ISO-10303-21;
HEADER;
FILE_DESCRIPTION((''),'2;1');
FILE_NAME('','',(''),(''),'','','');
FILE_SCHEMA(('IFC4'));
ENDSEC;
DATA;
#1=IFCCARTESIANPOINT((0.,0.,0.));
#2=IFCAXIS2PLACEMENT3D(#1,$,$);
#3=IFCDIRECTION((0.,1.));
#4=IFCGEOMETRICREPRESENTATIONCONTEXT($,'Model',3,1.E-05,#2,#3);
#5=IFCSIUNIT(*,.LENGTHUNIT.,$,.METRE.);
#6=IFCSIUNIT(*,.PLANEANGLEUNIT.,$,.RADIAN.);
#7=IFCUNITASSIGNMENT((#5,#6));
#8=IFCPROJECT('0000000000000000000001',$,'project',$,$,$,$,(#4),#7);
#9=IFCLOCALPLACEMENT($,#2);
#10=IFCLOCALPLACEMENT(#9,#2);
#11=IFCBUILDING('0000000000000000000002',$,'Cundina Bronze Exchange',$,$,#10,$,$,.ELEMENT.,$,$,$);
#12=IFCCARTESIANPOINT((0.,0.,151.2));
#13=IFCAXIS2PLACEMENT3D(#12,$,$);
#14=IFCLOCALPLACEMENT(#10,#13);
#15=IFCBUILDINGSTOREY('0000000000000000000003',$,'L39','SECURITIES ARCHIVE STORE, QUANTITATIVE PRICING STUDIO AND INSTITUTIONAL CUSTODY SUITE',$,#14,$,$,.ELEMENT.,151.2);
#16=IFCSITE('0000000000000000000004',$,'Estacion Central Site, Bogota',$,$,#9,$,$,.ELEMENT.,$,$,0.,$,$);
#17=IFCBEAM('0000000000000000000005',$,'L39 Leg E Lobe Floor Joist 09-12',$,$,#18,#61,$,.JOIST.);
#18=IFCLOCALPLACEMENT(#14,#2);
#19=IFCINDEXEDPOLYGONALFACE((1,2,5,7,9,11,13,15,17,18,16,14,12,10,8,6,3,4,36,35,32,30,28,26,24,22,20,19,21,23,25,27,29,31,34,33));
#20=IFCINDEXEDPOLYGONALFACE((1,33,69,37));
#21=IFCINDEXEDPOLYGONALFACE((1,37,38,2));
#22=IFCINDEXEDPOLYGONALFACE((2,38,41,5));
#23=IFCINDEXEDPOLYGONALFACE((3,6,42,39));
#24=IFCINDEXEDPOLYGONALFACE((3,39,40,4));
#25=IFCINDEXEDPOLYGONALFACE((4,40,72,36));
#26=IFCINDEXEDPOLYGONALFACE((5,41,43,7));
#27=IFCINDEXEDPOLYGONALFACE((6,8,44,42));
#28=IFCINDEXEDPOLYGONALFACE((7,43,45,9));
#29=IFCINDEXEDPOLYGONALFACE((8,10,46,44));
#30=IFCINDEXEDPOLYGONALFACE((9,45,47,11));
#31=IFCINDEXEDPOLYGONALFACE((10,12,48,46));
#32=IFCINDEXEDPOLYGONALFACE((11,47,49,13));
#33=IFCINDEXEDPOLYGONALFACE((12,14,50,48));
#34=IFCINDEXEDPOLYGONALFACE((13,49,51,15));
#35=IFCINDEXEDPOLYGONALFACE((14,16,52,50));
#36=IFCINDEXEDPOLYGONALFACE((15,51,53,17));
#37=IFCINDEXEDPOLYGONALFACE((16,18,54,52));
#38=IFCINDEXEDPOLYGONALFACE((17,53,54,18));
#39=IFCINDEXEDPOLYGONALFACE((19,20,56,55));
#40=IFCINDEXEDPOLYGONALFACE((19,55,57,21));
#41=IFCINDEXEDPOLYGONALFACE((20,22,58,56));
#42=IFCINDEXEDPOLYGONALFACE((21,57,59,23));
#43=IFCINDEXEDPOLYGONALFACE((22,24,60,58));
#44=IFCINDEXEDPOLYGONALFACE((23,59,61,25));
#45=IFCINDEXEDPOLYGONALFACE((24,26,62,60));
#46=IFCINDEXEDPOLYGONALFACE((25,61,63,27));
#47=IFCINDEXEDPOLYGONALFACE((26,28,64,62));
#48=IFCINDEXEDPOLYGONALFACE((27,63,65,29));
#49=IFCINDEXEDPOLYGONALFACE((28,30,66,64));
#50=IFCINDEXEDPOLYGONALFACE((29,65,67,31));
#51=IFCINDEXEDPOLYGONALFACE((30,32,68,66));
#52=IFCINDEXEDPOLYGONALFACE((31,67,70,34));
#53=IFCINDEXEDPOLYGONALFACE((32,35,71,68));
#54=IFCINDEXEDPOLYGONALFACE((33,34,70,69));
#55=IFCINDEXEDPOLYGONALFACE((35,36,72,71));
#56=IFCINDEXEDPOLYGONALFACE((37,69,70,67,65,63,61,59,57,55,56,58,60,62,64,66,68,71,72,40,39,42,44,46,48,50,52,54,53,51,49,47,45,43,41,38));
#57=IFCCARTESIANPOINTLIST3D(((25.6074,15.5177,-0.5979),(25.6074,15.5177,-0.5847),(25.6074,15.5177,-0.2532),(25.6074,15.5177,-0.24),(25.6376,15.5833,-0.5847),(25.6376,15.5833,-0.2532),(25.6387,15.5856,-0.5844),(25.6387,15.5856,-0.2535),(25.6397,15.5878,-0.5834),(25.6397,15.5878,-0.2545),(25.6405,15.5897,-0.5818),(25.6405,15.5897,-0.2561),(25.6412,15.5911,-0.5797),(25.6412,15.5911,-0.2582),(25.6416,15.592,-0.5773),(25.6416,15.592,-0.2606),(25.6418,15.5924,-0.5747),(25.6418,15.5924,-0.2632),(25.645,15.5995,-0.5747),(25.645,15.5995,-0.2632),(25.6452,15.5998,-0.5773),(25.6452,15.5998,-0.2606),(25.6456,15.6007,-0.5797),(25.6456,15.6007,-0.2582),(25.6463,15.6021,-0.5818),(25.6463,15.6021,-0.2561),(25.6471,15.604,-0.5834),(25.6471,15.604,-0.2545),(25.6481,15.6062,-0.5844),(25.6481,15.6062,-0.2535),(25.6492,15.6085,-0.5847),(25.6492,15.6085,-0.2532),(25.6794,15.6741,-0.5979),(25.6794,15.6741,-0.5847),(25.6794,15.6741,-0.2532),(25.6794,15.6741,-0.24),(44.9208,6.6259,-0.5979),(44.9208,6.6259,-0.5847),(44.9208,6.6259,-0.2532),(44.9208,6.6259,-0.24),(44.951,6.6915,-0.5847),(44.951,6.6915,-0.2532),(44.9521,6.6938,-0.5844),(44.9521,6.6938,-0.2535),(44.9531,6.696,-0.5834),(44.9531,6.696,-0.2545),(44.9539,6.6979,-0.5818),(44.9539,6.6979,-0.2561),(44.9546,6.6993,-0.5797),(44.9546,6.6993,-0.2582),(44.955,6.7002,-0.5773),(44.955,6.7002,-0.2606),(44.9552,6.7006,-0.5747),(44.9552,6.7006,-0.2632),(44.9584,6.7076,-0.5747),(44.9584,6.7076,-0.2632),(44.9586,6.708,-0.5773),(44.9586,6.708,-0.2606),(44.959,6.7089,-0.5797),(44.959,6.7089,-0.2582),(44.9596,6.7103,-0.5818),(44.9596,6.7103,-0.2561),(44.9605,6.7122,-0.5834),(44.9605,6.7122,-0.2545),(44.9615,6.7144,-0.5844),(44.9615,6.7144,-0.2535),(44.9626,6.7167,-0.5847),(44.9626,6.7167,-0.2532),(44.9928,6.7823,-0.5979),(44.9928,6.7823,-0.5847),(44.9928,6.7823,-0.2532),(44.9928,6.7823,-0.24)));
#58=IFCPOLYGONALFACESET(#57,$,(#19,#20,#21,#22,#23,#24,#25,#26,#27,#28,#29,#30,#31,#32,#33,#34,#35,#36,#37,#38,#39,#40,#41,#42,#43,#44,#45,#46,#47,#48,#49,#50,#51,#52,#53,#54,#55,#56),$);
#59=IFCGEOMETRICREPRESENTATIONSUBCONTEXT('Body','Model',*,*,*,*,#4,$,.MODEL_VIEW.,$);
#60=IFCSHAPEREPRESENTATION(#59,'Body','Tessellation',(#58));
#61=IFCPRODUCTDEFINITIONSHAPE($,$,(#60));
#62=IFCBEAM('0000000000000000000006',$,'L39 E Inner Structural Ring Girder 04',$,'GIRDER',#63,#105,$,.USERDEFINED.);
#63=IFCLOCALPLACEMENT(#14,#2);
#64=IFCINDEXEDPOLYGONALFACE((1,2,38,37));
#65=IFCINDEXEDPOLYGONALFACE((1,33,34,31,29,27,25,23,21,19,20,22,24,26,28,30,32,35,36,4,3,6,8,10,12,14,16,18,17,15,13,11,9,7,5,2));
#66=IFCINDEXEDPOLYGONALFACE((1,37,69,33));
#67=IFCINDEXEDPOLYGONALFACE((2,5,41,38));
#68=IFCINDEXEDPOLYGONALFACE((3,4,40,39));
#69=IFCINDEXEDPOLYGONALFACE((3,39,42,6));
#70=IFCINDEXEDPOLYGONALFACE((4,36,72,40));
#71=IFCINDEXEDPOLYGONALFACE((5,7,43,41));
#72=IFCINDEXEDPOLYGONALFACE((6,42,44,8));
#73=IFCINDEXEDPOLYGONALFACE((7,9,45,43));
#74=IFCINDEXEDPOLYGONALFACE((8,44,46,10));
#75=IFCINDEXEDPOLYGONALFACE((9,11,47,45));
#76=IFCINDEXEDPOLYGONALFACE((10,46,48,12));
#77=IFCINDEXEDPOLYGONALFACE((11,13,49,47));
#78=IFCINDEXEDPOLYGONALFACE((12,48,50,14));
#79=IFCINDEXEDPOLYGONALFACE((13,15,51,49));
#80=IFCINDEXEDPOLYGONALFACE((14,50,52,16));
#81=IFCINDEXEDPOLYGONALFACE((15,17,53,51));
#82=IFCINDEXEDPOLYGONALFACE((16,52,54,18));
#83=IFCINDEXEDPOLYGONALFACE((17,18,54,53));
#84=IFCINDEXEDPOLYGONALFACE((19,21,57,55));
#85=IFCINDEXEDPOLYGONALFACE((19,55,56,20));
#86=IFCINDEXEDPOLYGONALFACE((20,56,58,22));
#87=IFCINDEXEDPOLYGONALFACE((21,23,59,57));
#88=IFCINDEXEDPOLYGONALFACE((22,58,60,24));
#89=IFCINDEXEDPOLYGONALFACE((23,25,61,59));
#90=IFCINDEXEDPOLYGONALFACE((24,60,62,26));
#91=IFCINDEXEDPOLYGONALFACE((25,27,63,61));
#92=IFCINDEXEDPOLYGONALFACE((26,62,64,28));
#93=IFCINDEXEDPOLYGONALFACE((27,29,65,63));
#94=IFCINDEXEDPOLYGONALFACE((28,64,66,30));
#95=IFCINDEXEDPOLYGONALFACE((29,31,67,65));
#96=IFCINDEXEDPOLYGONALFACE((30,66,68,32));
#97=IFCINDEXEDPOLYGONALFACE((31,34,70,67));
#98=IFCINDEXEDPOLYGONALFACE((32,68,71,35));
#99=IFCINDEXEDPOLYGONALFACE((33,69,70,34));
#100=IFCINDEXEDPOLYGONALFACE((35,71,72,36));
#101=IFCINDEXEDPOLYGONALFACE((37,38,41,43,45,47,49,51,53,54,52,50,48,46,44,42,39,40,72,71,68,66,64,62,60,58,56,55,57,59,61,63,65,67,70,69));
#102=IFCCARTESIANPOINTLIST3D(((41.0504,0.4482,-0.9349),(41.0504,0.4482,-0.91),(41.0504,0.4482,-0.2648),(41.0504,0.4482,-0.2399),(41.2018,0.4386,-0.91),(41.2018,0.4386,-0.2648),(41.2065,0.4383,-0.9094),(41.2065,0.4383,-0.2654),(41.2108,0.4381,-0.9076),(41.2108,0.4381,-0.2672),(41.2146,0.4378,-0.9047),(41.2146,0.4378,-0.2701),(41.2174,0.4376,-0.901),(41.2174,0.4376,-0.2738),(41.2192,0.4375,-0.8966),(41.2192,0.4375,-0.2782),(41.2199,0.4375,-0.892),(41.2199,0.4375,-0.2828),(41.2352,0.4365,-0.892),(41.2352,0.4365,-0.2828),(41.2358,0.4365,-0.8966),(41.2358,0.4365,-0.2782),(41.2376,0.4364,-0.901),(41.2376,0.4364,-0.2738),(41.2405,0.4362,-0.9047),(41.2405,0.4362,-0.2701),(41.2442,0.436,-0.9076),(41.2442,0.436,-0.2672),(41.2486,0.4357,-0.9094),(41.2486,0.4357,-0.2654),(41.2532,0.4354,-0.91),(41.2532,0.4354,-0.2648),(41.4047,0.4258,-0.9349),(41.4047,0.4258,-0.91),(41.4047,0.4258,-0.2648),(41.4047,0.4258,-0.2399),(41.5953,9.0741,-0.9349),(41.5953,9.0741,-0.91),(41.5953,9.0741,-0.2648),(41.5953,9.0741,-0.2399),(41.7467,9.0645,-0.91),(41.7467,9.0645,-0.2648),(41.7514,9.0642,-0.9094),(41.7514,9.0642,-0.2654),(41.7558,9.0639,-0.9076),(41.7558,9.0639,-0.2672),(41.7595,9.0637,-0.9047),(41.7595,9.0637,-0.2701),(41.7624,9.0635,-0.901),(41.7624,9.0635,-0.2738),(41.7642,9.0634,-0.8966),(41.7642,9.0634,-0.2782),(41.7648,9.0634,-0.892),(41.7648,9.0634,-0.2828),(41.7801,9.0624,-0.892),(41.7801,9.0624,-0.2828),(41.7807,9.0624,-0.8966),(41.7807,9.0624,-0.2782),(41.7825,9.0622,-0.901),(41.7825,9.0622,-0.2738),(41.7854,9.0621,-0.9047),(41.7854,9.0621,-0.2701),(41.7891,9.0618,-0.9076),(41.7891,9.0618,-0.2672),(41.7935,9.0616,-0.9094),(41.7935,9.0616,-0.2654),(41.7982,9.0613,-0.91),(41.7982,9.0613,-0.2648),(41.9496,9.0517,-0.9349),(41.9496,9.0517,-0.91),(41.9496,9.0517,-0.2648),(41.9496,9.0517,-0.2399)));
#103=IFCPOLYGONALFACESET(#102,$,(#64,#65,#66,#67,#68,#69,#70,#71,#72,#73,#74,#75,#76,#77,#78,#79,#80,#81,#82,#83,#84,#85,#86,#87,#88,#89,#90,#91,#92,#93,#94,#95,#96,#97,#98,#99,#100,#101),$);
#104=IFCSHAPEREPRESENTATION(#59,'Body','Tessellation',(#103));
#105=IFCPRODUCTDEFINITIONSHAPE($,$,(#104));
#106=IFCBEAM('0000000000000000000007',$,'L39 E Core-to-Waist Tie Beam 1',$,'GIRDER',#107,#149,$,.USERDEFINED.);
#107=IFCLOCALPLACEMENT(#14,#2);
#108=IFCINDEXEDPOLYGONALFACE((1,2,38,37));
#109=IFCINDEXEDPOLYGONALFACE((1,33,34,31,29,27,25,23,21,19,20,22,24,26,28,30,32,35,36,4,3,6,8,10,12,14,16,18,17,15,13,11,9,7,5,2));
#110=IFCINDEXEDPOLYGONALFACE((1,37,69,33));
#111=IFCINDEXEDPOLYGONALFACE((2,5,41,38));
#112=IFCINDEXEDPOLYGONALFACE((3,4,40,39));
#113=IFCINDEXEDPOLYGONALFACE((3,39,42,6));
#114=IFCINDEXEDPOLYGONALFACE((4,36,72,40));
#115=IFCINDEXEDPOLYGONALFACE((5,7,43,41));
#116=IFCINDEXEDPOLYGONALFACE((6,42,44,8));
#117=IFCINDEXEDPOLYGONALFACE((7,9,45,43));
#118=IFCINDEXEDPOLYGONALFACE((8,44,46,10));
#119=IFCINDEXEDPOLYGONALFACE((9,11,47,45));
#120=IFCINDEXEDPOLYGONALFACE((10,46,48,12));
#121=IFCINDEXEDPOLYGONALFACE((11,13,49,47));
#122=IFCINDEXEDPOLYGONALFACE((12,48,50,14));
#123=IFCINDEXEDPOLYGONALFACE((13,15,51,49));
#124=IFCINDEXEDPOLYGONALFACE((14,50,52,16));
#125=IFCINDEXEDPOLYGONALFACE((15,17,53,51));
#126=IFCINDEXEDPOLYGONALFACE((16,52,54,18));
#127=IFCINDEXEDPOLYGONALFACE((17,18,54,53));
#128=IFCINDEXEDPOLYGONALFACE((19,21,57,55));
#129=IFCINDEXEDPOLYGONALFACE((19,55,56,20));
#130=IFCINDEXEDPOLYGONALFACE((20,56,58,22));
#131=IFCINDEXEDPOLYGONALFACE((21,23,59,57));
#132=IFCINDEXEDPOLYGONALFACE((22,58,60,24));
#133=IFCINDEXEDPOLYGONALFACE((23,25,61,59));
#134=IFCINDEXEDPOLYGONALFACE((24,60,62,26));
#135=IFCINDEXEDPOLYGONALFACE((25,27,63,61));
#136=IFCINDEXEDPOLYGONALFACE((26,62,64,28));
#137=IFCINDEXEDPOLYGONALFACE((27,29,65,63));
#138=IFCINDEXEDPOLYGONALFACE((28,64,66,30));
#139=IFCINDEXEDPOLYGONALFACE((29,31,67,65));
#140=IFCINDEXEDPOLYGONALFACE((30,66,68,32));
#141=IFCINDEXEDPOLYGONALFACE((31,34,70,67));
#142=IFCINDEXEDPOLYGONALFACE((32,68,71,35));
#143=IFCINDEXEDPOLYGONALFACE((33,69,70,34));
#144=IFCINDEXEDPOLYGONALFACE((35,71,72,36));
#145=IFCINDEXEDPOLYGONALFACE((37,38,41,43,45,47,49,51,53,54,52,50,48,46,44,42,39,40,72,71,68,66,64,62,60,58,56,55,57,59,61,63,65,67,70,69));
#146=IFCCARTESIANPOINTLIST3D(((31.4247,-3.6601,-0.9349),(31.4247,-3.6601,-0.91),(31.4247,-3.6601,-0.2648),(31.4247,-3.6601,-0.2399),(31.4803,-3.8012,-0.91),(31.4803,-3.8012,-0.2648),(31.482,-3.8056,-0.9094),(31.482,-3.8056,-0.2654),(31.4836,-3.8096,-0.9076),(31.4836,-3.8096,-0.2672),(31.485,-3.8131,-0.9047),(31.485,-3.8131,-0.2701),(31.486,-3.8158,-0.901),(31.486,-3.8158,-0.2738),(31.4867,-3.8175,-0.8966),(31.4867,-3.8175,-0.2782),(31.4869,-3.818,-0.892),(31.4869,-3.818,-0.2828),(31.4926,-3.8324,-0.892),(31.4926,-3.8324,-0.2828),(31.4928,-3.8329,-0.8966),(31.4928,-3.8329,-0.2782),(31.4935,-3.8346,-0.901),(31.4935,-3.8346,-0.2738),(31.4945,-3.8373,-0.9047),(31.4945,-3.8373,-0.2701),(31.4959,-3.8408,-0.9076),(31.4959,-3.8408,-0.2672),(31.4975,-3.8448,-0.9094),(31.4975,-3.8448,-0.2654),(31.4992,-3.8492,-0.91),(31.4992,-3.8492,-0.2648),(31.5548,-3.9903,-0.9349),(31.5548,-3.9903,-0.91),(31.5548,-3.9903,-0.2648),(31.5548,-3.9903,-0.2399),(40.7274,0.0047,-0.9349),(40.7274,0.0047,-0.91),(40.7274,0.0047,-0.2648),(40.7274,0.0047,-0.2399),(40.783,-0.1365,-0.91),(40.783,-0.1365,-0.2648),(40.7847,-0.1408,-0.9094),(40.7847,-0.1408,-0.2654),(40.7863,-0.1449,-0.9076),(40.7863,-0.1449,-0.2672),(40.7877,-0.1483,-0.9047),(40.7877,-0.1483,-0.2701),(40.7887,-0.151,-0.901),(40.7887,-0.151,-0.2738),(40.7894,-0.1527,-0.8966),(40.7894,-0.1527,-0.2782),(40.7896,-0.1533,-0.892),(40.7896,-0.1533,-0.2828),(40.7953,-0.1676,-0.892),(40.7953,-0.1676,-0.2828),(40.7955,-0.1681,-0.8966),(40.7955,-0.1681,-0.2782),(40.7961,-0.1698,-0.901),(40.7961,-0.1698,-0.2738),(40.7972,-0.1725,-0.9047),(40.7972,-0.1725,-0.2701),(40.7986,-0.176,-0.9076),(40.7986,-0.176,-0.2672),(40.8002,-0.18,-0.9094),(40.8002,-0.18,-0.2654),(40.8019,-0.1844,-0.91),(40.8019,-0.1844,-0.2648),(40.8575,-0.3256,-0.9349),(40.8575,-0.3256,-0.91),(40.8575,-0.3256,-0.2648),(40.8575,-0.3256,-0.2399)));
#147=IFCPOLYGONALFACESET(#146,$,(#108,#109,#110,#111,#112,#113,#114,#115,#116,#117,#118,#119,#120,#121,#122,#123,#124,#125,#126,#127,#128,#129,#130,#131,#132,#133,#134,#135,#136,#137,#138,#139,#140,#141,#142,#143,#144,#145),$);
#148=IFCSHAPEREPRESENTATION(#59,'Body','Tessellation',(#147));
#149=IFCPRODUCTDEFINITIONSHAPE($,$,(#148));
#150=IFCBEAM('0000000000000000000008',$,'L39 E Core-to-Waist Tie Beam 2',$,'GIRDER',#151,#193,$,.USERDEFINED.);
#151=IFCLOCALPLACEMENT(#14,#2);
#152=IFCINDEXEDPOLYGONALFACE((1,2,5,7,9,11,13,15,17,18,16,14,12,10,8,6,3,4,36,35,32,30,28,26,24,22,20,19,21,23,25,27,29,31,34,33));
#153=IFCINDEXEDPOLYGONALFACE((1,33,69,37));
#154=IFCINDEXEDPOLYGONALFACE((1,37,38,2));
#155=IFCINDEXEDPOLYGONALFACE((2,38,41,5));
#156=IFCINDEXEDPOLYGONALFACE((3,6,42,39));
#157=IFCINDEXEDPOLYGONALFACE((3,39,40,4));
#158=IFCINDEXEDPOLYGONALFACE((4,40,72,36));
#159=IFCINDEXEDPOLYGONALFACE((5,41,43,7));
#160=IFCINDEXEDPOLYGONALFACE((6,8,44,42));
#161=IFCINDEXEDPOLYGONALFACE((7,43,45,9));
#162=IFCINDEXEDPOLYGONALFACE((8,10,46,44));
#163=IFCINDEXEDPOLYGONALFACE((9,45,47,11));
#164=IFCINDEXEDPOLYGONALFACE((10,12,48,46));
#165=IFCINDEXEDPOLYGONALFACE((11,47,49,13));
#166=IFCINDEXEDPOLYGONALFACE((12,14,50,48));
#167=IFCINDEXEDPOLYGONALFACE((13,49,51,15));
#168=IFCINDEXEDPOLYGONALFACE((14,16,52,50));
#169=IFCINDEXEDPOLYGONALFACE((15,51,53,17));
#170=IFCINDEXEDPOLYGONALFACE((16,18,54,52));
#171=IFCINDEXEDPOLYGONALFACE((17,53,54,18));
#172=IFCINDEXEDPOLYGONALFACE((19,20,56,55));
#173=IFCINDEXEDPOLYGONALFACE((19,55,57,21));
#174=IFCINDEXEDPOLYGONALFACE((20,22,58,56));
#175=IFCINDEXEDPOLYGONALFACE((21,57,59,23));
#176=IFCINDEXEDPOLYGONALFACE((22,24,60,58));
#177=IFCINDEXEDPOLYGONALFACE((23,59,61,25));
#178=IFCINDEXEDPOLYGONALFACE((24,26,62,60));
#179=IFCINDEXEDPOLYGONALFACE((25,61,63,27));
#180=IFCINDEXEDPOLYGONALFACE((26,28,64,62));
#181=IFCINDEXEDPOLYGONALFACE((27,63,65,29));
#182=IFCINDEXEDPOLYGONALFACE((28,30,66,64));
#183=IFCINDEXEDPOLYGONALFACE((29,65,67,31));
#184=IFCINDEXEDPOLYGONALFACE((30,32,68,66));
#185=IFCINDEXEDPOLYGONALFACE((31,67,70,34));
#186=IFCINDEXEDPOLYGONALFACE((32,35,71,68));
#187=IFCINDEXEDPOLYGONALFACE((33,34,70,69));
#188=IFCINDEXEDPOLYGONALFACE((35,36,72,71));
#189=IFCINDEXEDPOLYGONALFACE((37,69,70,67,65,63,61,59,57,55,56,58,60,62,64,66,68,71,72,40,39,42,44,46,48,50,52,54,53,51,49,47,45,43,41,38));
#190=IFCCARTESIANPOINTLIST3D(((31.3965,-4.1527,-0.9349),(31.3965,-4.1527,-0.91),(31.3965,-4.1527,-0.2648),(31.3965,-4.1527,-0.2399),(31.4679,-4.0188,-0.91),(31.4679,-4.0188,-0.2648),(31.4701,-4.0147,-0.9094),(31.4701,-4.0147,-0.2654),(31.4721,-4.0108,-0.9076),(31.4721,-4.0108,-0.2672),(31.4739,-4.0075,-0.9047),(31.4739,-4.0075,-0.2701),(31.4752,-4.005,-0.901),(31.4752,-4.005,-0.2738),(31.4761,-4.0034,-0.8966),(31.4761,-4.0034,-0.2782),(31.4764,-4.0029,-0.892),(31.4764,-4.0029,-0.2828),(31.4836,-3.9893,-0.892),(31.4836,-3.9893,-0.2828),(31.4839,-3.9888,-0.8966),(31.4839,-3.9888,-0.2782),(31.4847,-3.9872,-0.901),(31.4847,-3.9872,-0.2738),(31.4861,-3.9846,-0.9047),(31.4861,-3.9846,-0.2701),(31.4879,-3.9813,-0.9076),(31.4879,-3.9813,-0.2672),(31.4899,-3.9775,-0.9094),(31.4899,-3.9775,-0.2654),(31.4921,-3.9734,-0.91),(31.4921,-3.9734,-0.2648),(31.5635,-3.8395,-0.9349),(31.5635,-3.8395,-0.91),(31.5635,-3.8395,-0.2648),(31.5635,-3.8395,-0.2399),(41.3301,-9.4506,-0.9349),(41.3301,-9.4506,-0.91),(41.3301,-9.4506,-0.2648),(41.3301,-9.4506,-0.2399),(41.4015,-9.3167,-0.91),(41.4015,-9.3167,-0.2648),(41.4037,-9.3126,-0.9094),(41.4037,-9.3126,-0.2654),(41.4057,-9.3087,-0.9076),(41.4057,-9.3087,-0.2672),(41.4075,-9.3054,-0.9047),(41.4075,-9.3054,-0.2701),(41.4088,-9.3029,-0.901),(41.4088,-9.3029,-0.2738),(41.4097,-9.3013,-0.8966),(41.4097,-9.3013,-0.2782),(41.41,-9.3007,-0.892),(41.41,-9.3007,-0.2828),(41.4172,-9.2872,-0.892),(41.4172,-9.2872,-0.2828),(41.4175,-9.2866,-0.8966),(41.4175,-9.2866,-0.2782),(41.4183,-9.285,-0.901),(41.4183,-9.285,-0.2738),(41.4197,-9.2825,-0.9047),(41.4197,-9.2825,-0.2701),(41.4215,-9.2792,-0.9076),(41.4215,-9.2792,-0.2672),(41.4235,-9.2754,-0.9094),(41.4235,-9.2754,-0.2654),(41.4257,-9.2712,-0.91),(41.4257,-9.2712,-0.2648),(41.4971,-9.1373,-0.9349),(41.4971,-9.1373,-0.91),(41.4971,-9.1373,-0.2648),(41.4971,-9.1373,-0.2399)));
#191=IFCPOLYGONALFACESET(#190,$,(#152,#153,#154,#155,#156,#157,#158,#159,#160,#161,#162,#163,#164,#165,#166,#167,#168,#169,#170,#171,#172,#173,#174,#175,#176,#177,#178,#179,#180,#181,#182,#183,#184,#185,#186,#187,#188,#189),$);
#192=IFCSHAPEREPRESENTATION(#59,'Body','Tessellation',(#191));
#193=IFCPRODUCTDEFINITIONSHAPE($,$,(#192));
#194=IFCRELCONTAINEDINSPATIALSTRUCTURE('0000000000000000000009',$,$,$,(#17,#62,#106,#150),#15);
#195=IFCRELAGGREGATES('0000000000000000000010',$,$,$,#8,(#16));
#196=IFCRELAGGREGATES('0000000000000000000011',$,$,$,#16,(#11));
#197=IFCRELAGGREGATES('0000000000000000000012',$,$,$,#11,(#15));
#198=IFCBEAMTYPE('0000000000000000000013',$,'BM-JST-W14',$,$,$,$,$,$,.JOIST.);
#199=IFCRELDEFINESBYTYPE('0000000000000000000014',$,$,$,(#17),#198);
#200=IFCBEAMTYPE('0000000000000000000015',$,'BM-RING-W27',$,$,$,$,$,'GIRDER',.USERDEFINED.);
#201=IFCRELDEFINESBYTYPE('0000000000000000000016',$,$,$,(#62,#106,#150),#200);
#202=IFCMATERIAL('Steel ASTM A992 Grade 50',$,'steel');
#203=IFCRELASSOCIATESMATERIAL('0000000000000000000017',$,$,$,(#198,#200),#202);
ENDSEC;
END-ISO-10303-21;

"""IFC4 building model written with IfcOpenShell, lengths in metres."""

from ifc_helpers import new_model, si_unit, direction, frame, origin, origin_2d, place, context, subcontext, project, spatial, i_section, extrude, material, material_profile, profile_set, type_object, element, save


model = new_model("IFC4")

# Units and contexts
model_context = context("Model", 3, precision=1e-05, world=origin(), true_north=direction((0.0, 1.0)))
body_context = subcontext(model_context, "Body", "Model", "MODEL_VIEW")
ifc_project = project(units=[si_unit("LENGTHUNIT", "METRE"), si_unit("PLANEANGLEUNIT", "RADIAN")], contexts=[model_context])

# Site, building, storey
site_placement = place(None, origin())
site = spatial("IfcSite", under=ifc_project, at=site_placement, Name="Estacion Central Site, Bogota", CompositionType="ELEMENT", RefElevation=0.0)
building_placement = place(site_placement, origin())
building = spatial("IfcBuilding", under=site, at=building_placement, Name="Cundina Bronze Exchange", CompositionType="ELEMENT")
storey_placement = place(building_placement, frame((0.0, 0.0, 151.2)))
storey = spatial("IfcBuildingStorey", under=building, at=storey_placement, Name="L39", Description="SECURITIES ARCHIVE STORE, QUANTITATIVE PRICING STUDIO AND INSTITUTIONAL CUSTODY SUITE", CompositionType="ELEMENT", Elevation=151.2)

# Shared definitions
ifc_material_1 = material(Name="Steel ASTM A992 Grade 50", Category="steel")

# Beams
ifc_material_profile_1 = material_profile(ifc_material_1, i_section(OverallWidth=0.1721, OverallDepth=0.3579, WebThickness=0.0078, FlangeThickness=0.0132, FilletRadius=0.01, at=origin_2d()), Name="W14X38", Category="steel")
ifc_profile_set_1 = profile_set([ifc_material_profile_1], Name="Steel ASTM A992 Grade 50")
beam_type_1 = type_object("IfcBeamType", Name="BM-JST-W14", PredefinedType="JOIST", material=ifc_profile_set_1)
beam_1_placement = place(storey_placement, frame((44.9568, 6.7041, -0.4189), z_axis=(-0.908354, 0.418202, 0.0), x_axis=(-0.418202, -0.908354, 0.0)))
element("IfcBeam", 1, at=beam_1_placement, inside=storey, type_object=beam_type_1, Name="L39 Leg E Lobe Floor Joist 09-12", PredefinedType="JOIST", context=body_context, shape_type="SweptSolid", body=[
    extrude(i_section(OverallWidth=0.1721, OverallDepth=0.3579, WebThickness=0.0078, FlangeThickness=0.0132, FilletRadius=0.01, at=origin_2d()), origin(), (0.0, 0.0, 1.0), 21.262),
])
ifc_material_profile_2 = material_profile(ifc_material_1, i_section(OverallWidth=0.355, OverallDepth=0.6951, WebThickness=0.0154, FlangeThickness=0.0249, FilletRadius=0.0181, at=origin_2d()), Name="W27X146", Category="steel")
ifc_profile_set_2 = profile_set([ifc_material_profile_2], Name="Steel ASTM A992 Grade 50")
beam_type_2 = type_object("IfcBeamType", Name="BM-RING-W27", ElementType="GIRDER", PredefinedType="USERDEFINED", material=ifc_profile_set_2)
beam_2_placement = place(storey_placement, frame((41.2275, 0.437, -0.5874), z_axis=(0.063047, 0.998011, 0.0), x_axis=(-0.998011, 0.063047, 0.0)))
element("IfcBeam", 2, at=beam_2_placement, inside=storey, type_object=beam_type_2, Name="L39 E Inner Structural Ring Girder 04", ObjectType="GIRDER", PredefinedType="USERDEFINED", context=body_context, shape_type="SweptSolid", body=[
    extrude(i_section(OverallWidth=0.355, OverallDepth=0.6951, WebThickness=0.0154, FlangeThickness=0.0249, FilletRadius=0.0181, at=origin_2d()), origin(), (0.0, 0.0, 1.0), 8.6431),
])
beam_3_placement = place(storey_placement, frame((31.4897, -3.8252, -0.5874), z_axis=(0.930406, 0.366532, 0.0), x_axis=(-0.366532, 0.930406, 0.0)))
element("IfcBeam", 3, at=beam_3_placement, inside=storey, type_object=beam_type_2, Name="L39 E Core-to-Waist Tie Beam 1", ObjectType="GIRDER", PredefinedType="USERDEFINED", context=body_context, shape_type="SweptSolid", body=[
    extrude(i_section(OverallWidth=0.355, OverallDepth=0.6951, WebThickness=0.0154, FlangeThickness=0.0249, FilletRadius=0.0181, at=origin_2d()), origin(), (0.0, 0.0, 1.0), 9.9985),
])
beam_4_placement = place(storey_placement, frame((31.48, -3.9961, -0.5874), z_axis=(0.882355, -0.470584, 0.0), x_axis=(0.470584, 0.882355, 0.0)))
element("IfcBeam", 4, at=beam_4_placement, inside=storey, type_object=beam_type_2, Name="L39 E Core-to-Waist Tie Beam 2", ObjectType="GIRDER", PredefinedType="USERDEFINED", context=body_context, shape_type="SweptSolid", body=[
    extrude(i_section(OverallWidth=0.355, OverallDepth=0.6951, WebThickness=0.0154, FlangeThickness=0.0249, FilletRadius=0.0181, at=origin_2d()), origin(), (0.0, 0.0, 1.0), 11.2581),
])

save(model, "model.ifc")
